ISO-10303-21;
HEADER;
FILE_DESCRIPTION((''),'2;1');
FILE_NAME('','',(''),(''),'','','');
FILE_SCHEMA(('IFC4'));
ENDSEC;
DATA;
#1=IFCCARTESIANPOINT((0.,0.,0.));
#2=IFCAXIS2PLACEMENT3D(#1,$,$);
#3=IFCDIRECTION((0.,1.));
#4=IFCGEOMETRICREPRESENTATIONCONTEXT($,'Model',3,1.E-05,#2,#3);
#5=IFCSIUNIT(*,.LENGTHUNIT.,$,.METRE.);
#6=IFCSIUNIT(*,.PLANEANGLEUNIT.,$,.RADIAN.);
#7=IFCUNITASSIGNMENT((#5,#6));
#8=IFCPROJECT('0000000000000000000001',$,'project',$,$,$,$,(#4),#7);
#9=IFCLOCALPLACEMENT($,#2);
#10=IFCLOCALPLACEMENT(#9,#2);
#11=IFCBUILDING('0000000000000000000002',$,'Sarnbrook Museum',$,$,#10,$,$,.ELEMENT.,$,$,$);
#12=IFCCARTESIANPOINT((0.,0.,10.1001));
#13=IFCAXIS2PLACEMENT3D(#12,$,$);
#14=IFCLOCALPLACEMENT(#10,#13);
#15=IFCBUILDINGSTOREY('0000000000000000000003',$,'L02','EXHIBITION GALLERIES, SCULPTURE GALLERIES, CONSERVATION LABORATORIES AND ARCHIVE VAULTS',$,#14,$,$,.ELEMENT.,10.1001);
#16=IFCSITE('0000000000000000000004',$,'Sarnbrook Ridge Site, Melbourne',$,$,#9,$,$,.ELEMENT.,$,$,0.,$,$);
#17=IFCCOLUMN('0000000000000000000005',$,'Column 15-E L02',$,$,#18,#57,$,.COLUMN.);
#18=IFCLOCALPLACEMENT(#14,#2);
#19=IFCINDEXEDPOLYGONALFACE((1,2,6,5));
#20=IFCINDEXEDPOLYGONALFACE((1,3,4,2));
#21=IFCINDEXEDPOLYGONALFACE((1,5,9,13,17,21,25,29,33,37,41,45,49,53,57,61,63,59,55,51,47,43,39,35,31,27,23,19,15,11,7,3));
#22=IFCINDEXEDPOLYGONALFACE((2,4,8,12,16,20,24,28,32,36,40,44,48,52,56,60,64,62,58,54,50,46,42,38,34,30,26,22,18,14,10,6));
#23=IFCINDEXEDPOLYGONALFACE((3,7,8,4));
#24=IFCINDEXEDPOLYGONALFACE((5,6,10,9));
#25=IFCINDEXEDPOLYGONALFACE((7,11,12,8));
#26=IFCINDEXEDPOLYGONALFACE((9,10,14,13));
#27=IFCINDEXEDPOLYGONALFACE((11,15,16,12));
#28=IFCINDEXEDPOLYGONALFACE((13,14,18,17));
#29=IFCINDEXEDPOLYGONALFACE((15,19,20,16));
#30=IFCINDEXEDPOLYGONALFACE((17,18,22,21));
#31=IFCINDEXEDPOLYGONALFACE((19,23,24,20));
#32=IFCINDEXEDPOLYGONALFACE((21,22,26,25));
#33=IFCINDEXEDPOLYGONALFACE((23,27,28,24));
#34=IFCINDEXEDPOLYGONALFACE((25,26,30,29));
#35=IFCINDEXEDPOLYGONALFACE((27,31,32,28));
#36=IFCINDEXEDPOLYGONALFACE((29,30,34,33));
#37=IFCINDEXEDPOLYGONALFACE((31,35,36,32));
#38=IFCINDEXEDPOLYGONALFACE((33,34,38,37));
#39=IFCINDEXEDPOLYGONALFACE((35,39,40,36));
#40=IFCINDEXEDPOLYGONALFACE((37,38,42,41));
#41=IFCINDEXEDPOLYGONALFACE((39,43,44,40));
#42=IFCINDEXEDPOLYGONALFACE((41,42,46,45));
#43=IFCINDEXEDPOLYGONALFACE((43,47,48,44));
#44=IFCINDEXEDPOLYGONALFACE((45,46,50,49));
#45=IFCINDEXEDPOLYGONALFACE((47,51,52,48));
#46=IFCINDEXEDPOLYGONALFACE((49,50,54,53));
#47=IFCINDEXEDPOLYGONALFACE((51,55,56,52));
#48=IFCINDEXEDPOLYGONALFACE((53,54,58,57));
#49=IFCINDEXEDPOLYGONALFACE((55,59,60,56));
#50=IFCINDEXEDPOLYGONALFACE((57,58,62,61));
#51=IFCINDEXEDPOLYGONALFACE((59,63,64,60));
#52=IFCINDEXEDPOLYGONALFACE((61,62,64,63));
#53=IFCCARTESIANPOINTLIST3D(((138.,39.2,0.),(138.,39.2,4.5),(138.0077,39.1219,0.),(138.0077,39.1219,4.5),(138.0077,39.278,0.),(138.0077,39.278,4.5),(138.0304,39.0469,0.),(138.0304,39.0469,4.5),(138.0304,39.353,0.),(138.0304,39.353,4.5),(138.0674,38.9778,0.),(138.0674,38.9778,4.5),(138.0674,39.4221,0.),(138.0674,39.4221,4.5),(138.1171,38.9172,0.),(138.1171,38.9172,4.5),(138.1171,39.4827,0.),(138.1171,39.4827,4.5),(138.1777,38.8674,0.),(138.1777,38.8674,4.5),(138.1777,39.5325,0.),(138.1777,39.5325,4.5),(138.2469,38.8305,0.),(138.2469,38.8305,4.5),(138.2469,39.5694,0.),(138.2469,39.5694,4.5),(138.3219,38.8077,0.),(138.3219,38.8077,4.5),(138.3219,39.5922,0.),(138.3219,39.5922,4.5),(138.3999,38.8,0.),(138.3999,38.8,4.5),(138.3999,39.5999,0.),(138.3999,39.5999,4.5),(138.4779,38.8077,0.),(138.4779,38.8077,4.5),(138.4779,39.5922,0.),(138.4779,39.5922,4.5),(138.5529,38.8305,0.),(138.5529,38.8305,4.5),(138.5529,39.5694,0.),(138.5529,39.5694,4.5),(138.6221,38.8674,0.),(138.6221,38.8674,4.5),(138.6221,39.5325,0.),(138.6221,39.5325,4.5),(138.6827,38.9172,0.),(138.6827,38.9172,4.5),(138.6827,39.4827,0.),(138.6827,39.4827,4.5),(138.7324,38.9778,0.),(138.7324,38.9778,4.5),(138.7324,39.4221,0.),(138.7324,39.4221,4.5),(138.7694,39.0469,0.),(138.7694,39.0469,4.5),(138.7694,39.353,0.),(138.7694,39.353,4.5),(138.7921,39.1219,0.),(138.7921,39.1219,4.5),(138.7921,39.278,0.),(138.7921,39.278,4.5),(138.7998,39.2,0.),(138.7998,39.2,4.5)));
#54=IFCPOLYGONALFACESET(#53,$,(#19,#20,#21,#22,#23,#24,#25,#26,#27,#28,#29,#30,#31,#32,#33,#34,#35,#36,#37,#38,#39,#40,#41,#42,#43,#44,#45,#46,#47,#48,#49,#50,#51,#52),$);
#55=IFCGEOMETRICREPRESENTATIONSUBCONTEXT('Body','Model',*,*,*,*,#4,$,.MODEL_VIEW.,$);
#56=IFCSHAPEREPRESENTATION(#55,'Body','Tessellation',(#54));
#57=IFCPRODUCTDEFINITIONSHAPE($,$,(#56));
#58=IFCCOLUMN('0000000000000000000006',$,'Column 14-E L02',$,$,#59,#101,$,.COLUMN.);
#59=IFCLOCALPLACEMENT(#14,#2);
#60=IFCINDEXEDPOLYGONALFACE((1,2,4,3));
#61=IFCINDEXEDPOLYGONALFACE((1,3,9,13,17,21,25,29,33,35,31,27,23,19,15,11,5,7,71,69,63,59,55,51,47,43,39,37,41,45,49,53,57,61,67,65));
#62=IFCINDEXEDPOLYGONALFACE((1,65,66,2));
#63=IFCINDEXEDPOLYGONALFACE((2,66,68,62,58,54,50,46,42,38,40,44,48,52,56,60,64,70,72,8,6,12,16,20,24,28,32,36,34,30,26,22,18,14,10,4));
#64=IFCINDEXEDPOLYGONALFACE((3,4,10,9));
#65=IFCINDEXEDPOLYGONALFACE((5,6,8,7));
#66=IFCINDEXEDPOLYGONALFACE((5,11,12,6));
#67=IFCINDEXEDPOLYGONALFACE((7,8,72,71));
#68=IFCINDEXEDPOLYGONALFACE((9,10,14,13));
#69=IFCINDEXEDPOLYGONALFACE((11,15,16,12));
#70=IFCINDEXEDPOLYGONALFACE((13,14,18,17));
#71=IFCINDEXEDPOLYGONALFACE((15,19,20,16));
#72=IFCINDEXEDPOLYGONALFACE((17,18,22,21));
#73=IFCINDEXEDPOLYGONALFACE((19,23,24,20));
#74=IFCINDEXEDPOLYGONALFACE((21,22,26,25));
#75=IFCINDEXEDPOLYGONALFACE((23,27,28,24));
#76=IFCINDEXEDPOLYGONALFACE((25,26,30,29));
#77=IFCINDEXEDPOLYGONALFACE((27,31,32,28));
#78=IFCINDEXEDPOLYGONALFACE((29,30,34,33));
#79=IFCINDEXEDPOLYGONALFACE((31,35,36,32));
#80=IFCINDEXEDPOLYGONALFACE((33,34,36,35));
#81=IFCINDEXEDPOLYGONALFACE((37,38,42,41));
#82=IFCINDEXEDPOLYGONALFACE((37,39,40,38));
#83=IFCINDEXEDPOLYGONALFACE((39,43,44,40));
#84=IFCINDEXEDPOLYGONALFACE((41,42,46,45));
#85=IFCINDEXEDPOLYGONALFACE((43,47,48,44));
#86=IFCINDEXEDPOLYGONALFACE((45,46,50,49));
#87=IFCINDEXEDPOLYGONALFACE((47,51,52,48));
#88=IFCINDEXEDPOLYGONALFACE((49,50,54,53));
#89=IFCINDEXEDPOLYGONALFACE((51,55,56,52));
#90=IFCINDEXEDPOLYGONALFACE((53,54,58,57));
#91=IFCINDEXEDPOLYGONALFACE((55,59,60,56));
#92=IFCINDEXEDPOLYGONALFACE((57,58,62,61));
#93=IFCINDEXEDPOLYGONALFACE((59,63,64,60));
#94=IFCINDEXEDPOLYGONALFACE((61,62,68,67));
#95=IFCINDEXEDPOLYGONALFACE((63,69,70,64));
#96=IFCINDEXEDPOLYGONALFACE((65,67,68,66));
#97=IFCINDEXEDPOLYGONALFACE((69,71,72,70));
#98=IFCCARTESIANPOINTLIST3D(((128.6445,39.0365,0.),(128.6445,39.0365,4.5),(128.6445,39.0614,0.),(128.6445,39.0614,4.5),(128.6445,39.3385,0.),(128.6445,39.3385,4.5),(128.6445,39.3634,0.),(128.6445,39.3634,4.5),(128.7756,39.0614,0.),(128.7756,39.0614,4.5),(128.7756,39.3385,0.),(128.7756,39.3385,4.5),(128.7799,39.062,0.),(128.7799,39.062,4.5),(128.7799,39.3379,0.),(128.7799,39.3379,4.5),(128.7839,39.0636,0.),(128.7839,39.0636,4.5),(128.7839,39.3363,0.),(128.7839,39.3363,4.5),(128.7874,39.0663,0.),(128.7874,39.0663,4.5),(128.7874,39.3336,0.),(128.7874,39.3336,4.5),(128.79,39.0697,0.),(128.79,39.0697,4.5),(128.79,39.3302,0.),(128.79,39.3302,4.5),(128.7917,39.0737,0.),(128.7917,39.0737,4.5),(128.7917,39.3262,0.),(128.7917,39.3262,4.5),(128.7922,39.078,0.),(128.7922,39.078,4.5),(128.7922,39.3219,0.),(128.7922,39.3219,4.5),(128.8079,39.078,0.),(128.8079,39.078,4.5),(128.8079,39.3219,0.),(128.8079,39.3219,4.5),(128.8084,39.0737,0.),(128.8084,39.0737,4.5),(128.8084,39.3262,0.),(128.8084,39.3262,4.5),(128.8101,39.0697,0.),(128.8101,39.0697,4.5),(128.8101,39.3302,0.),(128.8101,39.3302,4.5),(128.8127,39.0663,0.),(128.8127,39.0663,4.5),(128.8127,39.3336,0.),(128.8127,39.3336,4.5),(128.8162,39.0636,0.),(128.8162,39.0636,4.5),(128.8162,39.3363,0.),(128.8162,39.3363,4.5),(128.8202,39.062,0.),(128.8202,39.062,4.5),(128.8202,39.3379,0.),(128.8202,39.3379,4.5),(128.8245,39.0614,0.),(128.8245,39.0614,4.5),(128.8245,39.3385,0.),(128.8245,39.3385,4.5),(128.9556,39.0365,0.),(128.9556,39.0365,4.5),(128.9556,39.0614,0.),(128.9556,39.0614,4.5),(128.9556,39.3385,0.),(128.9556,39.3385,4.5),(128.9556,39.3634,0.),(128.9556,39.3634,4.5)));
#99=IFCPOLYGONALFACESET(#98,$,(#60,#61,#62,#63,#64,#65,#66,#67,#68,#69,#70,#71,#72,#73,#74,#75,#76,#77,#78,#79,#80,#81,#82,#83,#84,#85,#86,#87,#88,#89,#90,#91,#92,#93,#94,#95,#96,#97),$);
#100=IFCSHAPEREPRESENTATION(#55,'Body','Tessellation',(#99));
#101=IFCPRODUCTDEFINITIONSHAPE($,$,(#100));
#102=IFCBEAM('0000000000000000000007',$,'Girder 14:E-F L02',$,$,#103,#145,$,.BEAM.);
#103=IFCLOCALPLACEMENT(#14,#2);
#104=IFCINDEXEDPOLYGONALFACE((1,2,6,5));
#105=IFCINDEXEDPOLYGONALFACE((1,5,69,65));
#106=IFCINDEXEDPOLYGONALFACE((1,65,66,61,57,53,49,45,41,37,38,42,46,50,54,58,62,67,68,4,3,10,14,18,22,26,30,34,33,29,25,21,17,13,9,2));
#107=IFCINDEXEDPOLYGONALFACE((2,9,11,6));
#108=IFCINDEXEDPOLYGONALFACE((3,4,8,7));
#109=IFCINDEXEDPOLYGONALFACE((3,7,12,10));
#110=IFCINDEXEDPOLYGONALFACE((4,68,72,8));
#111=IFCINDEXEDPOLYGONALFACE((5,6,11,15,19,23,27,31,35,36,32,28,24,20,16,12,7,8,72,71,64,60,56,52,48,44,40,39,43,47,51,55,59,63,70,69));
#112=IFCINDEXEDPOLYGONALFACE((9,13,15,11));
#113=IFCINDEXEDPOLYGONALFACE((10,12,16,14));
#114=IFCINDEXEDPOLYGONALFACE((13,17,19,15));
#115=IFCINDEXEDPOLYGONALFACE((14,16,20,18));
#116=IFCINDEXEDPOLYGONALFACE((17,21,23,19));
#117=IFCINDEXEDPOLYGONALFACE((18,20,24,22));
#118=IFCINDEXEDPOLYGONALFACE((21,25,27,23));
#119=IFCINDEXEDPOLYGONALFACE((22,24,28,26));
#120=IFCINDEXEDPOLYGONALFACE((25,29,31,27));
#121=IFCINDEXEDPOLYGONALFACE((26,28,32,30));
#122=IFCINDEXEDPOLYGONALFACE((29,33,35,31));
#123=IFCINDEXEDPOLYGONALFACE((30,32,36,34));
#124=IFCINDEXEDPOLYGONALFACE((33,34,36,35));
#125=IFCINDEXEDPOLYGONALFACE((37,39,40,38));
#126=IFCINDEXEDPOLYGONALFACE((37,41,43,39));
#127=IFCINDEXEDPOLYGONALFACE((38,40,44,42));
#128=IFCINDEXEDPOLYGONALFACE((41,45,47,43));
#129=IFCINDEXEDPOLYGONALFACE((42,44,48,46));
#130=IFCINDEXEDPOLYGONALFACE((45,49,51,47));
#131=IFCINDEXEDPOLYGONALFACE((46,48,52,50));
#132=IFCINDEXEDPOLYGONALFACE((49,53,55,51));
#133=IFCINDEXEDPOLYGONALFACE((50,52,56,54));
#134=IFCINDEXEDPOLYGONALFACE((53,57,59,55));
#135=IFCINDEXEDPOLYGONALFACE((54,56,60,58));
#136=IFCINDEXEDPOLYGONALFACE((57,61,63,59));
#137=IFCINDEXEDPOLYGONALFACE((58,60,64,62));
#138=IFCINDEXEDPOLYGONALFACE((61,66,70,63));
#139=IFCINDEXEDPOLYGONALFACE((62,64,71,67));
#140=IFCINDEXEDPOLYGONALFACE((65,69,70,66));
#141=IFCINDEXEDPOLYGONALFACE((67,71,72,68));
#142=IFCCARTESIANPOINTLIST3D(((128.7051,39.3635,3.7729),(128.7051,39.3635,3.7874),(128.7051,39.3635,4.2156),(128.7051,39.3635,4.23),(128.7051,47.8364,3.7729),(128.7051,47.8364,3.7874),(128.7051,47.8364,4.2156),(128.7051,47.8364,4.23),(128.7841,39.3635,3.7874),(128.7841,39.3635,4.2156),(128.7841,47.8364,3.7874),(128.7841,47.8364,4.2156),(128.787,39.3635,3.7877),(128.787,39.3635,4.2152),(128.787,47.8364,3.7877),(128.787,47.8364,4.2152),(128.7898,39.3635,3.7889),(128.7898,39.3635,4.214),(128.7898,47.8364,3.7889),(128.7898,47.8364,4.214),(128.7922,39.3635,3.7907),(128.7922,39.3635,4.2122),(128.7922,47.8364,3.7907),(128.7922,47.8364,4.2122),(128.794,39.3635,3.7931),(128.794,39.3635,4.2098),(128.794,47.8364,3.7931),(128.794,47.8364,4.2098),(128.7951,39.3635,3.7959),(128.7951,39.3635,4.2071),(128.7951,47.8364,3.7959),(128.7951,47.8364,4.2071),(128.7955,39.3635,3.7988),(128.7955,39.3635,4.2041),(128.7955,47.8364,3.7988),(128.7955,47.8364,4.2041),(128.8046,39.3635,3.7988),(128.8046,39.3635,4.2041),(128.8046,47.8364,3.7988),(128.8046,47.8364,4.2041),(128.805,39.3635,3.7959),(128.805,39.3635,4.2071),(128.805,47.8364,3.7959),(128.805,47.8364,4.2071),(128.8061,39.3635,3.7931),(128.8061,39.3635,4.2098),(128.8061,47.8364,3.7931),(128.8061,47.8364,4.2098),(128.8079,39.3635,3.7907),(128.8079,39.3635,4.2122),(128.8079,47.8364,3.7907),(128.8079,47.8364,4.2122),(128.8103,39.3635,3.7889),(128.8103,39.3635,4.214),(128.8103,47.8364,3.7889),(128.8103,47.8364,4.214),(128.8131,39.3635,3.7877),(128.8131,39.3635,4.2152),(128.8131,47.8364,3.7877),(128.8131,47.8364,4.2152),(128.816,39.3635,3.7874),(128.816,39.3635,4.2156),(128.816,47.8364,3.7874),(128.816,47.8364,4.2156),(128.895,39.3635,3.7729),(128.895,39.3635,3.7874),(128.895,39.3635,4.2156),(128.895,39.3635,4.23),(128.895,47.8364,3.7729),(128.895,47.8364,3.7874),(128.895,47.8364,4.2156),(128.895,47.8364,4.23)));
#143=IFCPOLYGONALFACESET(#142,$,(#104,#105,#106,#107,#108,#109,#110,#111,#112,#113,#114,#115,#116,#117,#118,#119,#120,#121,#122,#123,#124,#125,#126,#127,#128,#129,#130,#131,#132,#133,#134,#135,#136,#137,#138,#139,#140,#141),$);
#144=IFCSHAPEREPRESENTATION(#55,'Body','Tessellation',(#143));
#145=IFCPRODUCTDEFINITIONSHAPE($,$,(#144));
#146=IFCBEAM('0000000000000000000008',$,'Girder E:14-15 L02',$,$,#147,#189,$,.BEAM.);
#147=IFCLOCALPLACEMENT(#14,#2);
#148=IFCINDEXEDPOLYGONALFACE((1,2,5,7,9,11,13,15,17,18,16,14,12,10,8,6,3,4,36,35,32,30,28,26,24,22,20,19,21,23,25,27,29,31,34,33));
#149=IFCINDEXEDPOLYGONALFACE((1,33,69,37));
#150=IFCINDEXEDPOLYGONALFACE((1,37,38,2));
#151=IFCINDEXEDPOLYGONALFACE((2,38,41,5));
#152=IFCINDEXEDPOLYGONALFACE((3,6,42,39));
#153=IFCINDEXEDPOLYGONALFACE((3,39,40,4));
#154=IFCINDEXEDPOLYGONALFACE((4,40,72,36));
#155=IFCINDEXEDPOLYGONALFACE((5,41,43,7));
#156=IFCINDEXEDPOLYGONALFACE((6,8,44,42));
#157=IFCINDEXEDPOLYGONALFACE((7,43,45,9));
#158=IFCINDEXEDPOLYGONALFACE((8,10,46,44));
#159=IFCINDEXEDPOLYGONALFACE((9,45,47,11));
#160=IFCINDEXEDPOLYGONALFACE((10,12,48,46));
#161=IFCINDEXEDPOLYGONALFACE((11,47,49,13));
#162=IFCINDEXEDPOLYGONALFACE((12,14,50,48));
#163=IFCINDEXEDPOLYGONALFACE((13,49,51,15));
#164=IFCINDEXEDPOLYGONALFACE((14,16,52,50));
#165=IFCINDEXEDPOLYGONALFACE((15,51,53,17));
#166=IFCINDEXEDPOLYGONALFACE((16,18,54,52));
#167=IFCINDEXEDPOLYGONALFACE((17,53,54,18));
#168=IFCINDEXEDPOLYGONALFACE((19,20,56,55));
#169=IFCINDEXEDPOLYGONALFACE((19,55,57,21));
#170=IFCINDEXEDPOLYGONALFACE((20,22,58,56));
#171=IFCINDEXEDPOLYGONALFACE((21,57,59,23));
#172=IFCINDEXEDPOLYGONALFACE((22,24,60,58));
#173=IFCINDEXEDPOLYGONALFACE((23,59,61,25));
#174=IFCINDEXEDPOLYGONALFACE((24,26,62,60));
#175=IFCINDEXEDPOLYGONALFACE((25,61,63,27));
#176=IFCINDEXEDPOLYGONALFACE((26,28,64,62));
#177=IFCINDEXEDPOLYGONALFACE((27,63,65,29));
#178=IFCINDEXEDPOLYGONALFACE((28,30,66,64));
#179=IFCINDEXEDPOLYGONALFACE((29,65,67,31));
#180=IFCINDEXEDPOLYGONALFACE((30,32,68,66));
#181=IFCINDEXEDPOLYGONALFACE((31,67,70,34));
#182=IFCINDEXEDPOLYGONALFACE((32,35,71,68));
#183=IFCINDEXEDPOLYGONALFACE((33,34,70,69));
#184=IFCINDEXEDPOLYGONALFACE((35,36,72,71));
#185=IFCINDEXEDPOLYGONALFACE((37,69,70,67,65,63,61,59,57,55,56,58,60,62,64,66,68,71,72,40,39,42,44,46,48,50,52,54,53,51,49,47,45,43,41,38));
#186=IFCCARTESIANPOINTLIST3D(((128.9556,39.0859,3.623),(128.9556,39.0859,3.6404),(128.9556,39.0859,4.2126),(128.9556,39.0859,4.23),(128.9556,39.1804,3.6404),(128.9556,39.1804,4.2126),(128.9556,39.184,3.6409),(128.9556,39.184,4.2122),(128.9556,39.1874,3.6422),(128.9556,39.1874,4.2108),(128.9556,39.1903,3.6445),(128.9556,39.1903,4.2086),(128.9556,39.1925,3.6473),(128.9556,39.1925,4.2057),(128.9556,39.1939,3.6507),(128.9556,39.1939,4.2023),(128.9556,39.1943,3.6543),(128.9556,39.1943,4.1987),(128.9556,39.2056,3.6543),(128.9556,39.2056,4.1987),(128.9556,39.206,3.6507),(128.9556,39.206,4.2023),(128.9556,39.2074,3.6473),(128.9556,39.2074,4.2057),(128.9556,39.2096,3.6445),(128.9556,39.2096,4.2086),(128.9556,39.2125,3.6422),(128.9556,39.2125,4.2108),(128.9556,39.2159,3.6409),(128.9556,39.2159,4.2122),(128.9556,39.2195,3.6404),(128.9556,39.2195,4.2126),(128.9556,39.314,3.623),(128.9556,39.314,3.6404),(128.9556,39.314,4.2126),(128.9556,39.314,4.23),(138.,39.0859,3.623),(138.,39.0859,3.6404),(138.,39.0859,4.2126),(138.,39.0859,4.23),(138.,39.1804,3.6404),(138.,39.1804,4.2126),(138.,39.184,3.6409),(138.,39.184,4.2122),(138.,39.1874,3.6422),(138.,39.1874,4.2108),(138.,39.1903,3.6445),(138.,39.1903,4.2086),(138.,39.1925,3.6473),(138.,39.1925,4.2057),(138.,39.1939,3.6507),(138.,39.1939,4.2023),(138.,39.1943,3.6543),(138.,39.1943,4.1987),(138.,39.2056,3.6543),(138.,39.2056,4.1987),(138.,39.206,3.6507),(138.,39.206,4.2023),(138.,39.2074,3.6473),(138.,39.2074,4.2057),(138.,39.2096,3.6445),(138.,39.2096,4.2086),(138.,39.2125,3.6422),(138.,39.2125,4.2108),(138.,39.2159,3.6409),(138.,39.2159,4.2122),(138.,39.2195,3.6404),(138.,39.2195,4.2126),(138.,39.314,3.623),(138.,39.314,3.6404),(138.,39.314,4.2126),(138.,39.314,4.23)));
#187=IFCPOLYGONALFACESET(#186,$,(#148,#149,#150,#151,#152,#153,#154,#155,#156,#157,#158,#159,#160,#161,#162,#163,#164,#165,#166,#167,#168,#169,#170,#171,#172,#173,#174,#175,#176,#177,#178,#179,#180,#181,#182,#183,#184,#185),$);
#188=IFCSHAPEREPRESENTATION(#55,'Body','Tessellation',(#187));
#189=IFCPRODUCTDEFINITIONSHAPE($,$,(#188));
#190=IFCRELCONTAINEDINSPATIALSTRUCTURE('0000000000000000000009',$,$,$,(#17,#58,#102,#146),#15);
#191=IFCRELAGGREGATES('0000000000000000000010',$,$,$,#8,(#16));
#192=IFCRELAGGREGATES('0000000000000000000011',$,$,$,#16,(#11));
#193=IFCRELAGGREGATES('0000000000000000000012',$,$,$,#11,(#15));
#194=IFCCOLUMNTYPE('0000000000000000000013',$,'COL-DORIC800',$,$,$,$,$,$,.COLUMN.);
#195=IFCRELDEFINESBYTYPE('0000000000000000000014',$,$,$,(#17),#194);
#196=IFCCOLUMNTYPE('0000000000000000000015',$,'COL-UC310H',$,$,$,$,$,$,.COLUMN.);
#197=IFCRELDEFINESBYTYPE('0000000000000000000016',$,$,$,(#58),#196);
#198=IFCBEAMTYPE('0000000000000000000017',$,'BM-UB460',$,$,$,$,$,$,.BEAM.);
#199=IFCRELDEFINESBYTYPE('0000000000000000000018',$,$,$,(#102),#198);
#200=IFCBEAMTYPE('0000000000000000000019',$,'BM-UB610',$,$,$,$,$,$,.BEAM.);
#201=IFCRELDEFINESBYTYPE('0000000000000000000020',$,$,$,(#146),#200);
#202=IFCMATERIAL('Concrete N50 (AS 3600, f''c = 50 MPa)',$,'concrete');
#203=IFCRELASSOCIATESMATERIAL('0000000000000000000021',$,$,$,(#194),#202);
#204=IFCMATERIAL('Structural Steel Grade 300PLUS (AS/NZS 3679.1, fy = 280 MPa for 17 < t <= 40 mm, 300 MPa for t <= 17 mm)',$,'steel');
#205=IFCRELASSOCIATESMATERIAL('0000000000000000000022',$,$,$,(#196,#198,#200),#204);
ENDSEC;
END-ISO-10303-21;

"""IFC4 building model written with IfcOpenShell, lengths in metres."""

from ifc_helpers import new_model, si_unit, direction, frame, origin, origin_2d, place, context, subcontext, project, spatial, circle, i_section, extrude, material, material_profile, profile_set, type_object, element, save


model = new_model("IFC4")

# Units and contexts
model_context = context("Model", 3, precision=1e-05, world=origin(), true_north=direction((0.0, 1.0)))
body_context = subcontext(model_context, "Body", "Model", "MODEL_VIEW")
ifc_project = project(units=[si_unit("LENGTHUNIT", "METRE"), si_unit("PLANEANGLEUNIT", "RADIAN")], contexts=[model_context])

# Site, building, storey
site_placement = place(None, origin())
site = spatial("IfcSite", under=ifc_project, at=site_placement, Name="Sarnbrook Ridge Site, Melbourne", CompositionType="ELEMENT", RefElevation=0.0)
building_placement = place(site_placement, origin())
building = spatial("IfcBuilding", under=site, at=building_placement, Name="Sarnbrook Museum", CompositionType="ELEMENT")
storey_placement = place(building_placement, frame((0.0, 0.0, 10.1001)))
storey = spatial("IfcBuildingStorey", under=building, at=storey_placement, Name="L02", Description="EXHIBITION GALLERIES, SCULPTURE GALLERIES, CONSERVATION LABORATORIES AND ARCHIVE VAULTS", CompositionType="ELEMENT", Elevation=10.1001)

# Columns
ifc_material_1 = material(Name="Concrete N50 (AS 3600, f'c = 50 MPa)", Category="concrete")
ifc_material_profile_1 = material_profile(ifc_material_1, circle(Radius=0.3999, at=origin_2d()), Name="DORIC D800")
ifc_profile_set_1 = profile_set([ifc_material_profile_1], Name="Concrete N50 (AS 3600, f'c = 50 MPa)")
column_type_1 = type_object("IfcColumnType", Name="COL-DORIC800", PredefinedType="COLUMN", material=ifc_profile_set_1)
column_1_placement = place(storey_placement, frame((138.3999, 39.2, 0.0), z_axis=(0.0, 0.0, 1.0), x_axis=(1.0, 0.0, 0.0)))
element("IfcColumn", 1, at=column_1_placement, inside=storey, type_object=column_type_1, Name="Column 15-E L02", PredefinedType="COLUMN", context=body_context, shape_type="SweptSolid", body=[
    extrude(circle(Radius=0.3999, at=origin_2d()), origin(), (0.0, 0.0, 1.0), 4.5),
])
ifc_material_2 = material(Name="Structural Steel Grade 300PLUS (AS/NZS 3679.1, fy = 280 MPa for 17 < t <= 40 mm, 300 MPa for t <= 17 mm)", Category="steel")
ifc_material_profile_2 = material_profile(ifc_material_2, i_section(OverallWidth=0.311, OverallDepth=0.3269, WebThickness=0.0156, FlangeThickness=0.0249, FilletRadius=0.0166, at=origin_2d()), Name="310UC158")
ifc_profile_set_2 = profile_set([ifc_material_profile_2], Name="Structural Steel Grade 300PLUS (AS/NZS 3679.1, fy = 280 MPa for 17 < t <= 40 mm, 300 MPa for t <= 17 mm)")
column_type_2 = type_object("IfcColumnType", Name="COL-UC310H", PredefinedType="COLUMN", material=ifc_profile_set_2)
column_2_placement = place(storey_placement, frame((128.8, 39.2, 0.0), z_axis=(0.0, 0.0, 1.0), x_axis=(1.0, 0.0, 0.0)))
element("IfcColumn", 2, at=column_2_placement, inside=storey, type_object=column_type_2, Name="Column 14-E L02", PredefinedType="COLUMN", context=body_context, shape_type="SweptSolid", body=[
    extrude(i_section(OverallWidth=0.311, OverallDepth=0.3269, WebThickness=0.0156, FlangeThickness=0.0249, FilletRadius=0.0166, at=origin_2d()), origin(), (0.0, 0.0, 1.0), 4.5),
])

# Beams
ifc_material_profile_3 = material_profile(ifc_material_2, i_section(OverallWidth=0.1899, OverallDepth=0.457, WebThickness=0.009, FlangeThickness=0.0144, FilletRadius=0.0115, at=origin_2d()), Name="460UB74.6")
ifc_profile_set_3 = profile_set([ifc_material_profile_3], Name="Structural Steel Grade 300PLUS (AS/NZS 3679.1, fy = 280 MPa for 17 < t <= 40 mm, 300 MPa for t <= 17 mm)")
beam_type_1 = type_object("IfcBeamType", Name="BM-UB460", PredefinedType="BEAM", material=ifc_profile_set_3)
beam_1_placement = place(storey_placement, frame((128.8, 39.3635, 4.0015), z_axis=(0.0, 1.0, 0.0), x_axis=(-1.0, 0.0, 0.0)))
element("IfcBeam", 3, at=beam_1_placement, inside=storey, type_object=beam_type_1, Name="Girder 14:E-F L02", PredefinedType="BEAM", context=body_context, shape_type="SweptSolid", body=[
    extrude(i_section(OverallWidth=0.1899, OverallDepth=0.457, WebThickness=0.009, FlangeThickness=0.0144, FilletRadius=0.0115, at=origin_2d()), origin(), (0.0, 0.0, 1.0), 8.4729),
])
ifc_material_profile_4 = material_profile(ifc_material_2, i_section(OverallWidth=0.228, OverallDepth=0.6069, WebThickness=0.0112, FlangeThickness=0.0173, FilletRadius=0.0139, at=origin_2d()), Name="610UB113")
ifc_profile_set_4 = profile_set([ifc_material_profile_4], Name="Structural Steel Grade 300PLUS (AS/NZS 3679.1, fy = 280 MPa for 17 < t <= 40 mm, 300 MPa for t <= 17 mm)")
beam_type_2 = type_object("IfcBeamType", Name="BM-UB610", PredefinedType="BEAM", material=ifc_profile_set_4)
beam_2_placement = place(storey_placement, frame((128.9556, 39.2, 3.9265), z_axis=(1.0, 0.0, 0.0), x_axis=(0.0, 1.0, 0.0)))
element("IfcBeam", 4, at=beam_2_placement, inside=storey, type_object=beam_type_2, Name="Girder E:14-15 L02", PredefinedType="BEAM", context=body_context, shape_type="SweptSolid", body=[
    extrude(i_section(OverallWidth=0.228, OverallDepth=0.6069, WebThickness=0.0112, FlangeThickness=0.0173, FilletRadius=0.0139, at=origin_2d()), origin(), (0.0, 0.0, 1.0), 9.0444),
])

save(model, "model.ifc")
